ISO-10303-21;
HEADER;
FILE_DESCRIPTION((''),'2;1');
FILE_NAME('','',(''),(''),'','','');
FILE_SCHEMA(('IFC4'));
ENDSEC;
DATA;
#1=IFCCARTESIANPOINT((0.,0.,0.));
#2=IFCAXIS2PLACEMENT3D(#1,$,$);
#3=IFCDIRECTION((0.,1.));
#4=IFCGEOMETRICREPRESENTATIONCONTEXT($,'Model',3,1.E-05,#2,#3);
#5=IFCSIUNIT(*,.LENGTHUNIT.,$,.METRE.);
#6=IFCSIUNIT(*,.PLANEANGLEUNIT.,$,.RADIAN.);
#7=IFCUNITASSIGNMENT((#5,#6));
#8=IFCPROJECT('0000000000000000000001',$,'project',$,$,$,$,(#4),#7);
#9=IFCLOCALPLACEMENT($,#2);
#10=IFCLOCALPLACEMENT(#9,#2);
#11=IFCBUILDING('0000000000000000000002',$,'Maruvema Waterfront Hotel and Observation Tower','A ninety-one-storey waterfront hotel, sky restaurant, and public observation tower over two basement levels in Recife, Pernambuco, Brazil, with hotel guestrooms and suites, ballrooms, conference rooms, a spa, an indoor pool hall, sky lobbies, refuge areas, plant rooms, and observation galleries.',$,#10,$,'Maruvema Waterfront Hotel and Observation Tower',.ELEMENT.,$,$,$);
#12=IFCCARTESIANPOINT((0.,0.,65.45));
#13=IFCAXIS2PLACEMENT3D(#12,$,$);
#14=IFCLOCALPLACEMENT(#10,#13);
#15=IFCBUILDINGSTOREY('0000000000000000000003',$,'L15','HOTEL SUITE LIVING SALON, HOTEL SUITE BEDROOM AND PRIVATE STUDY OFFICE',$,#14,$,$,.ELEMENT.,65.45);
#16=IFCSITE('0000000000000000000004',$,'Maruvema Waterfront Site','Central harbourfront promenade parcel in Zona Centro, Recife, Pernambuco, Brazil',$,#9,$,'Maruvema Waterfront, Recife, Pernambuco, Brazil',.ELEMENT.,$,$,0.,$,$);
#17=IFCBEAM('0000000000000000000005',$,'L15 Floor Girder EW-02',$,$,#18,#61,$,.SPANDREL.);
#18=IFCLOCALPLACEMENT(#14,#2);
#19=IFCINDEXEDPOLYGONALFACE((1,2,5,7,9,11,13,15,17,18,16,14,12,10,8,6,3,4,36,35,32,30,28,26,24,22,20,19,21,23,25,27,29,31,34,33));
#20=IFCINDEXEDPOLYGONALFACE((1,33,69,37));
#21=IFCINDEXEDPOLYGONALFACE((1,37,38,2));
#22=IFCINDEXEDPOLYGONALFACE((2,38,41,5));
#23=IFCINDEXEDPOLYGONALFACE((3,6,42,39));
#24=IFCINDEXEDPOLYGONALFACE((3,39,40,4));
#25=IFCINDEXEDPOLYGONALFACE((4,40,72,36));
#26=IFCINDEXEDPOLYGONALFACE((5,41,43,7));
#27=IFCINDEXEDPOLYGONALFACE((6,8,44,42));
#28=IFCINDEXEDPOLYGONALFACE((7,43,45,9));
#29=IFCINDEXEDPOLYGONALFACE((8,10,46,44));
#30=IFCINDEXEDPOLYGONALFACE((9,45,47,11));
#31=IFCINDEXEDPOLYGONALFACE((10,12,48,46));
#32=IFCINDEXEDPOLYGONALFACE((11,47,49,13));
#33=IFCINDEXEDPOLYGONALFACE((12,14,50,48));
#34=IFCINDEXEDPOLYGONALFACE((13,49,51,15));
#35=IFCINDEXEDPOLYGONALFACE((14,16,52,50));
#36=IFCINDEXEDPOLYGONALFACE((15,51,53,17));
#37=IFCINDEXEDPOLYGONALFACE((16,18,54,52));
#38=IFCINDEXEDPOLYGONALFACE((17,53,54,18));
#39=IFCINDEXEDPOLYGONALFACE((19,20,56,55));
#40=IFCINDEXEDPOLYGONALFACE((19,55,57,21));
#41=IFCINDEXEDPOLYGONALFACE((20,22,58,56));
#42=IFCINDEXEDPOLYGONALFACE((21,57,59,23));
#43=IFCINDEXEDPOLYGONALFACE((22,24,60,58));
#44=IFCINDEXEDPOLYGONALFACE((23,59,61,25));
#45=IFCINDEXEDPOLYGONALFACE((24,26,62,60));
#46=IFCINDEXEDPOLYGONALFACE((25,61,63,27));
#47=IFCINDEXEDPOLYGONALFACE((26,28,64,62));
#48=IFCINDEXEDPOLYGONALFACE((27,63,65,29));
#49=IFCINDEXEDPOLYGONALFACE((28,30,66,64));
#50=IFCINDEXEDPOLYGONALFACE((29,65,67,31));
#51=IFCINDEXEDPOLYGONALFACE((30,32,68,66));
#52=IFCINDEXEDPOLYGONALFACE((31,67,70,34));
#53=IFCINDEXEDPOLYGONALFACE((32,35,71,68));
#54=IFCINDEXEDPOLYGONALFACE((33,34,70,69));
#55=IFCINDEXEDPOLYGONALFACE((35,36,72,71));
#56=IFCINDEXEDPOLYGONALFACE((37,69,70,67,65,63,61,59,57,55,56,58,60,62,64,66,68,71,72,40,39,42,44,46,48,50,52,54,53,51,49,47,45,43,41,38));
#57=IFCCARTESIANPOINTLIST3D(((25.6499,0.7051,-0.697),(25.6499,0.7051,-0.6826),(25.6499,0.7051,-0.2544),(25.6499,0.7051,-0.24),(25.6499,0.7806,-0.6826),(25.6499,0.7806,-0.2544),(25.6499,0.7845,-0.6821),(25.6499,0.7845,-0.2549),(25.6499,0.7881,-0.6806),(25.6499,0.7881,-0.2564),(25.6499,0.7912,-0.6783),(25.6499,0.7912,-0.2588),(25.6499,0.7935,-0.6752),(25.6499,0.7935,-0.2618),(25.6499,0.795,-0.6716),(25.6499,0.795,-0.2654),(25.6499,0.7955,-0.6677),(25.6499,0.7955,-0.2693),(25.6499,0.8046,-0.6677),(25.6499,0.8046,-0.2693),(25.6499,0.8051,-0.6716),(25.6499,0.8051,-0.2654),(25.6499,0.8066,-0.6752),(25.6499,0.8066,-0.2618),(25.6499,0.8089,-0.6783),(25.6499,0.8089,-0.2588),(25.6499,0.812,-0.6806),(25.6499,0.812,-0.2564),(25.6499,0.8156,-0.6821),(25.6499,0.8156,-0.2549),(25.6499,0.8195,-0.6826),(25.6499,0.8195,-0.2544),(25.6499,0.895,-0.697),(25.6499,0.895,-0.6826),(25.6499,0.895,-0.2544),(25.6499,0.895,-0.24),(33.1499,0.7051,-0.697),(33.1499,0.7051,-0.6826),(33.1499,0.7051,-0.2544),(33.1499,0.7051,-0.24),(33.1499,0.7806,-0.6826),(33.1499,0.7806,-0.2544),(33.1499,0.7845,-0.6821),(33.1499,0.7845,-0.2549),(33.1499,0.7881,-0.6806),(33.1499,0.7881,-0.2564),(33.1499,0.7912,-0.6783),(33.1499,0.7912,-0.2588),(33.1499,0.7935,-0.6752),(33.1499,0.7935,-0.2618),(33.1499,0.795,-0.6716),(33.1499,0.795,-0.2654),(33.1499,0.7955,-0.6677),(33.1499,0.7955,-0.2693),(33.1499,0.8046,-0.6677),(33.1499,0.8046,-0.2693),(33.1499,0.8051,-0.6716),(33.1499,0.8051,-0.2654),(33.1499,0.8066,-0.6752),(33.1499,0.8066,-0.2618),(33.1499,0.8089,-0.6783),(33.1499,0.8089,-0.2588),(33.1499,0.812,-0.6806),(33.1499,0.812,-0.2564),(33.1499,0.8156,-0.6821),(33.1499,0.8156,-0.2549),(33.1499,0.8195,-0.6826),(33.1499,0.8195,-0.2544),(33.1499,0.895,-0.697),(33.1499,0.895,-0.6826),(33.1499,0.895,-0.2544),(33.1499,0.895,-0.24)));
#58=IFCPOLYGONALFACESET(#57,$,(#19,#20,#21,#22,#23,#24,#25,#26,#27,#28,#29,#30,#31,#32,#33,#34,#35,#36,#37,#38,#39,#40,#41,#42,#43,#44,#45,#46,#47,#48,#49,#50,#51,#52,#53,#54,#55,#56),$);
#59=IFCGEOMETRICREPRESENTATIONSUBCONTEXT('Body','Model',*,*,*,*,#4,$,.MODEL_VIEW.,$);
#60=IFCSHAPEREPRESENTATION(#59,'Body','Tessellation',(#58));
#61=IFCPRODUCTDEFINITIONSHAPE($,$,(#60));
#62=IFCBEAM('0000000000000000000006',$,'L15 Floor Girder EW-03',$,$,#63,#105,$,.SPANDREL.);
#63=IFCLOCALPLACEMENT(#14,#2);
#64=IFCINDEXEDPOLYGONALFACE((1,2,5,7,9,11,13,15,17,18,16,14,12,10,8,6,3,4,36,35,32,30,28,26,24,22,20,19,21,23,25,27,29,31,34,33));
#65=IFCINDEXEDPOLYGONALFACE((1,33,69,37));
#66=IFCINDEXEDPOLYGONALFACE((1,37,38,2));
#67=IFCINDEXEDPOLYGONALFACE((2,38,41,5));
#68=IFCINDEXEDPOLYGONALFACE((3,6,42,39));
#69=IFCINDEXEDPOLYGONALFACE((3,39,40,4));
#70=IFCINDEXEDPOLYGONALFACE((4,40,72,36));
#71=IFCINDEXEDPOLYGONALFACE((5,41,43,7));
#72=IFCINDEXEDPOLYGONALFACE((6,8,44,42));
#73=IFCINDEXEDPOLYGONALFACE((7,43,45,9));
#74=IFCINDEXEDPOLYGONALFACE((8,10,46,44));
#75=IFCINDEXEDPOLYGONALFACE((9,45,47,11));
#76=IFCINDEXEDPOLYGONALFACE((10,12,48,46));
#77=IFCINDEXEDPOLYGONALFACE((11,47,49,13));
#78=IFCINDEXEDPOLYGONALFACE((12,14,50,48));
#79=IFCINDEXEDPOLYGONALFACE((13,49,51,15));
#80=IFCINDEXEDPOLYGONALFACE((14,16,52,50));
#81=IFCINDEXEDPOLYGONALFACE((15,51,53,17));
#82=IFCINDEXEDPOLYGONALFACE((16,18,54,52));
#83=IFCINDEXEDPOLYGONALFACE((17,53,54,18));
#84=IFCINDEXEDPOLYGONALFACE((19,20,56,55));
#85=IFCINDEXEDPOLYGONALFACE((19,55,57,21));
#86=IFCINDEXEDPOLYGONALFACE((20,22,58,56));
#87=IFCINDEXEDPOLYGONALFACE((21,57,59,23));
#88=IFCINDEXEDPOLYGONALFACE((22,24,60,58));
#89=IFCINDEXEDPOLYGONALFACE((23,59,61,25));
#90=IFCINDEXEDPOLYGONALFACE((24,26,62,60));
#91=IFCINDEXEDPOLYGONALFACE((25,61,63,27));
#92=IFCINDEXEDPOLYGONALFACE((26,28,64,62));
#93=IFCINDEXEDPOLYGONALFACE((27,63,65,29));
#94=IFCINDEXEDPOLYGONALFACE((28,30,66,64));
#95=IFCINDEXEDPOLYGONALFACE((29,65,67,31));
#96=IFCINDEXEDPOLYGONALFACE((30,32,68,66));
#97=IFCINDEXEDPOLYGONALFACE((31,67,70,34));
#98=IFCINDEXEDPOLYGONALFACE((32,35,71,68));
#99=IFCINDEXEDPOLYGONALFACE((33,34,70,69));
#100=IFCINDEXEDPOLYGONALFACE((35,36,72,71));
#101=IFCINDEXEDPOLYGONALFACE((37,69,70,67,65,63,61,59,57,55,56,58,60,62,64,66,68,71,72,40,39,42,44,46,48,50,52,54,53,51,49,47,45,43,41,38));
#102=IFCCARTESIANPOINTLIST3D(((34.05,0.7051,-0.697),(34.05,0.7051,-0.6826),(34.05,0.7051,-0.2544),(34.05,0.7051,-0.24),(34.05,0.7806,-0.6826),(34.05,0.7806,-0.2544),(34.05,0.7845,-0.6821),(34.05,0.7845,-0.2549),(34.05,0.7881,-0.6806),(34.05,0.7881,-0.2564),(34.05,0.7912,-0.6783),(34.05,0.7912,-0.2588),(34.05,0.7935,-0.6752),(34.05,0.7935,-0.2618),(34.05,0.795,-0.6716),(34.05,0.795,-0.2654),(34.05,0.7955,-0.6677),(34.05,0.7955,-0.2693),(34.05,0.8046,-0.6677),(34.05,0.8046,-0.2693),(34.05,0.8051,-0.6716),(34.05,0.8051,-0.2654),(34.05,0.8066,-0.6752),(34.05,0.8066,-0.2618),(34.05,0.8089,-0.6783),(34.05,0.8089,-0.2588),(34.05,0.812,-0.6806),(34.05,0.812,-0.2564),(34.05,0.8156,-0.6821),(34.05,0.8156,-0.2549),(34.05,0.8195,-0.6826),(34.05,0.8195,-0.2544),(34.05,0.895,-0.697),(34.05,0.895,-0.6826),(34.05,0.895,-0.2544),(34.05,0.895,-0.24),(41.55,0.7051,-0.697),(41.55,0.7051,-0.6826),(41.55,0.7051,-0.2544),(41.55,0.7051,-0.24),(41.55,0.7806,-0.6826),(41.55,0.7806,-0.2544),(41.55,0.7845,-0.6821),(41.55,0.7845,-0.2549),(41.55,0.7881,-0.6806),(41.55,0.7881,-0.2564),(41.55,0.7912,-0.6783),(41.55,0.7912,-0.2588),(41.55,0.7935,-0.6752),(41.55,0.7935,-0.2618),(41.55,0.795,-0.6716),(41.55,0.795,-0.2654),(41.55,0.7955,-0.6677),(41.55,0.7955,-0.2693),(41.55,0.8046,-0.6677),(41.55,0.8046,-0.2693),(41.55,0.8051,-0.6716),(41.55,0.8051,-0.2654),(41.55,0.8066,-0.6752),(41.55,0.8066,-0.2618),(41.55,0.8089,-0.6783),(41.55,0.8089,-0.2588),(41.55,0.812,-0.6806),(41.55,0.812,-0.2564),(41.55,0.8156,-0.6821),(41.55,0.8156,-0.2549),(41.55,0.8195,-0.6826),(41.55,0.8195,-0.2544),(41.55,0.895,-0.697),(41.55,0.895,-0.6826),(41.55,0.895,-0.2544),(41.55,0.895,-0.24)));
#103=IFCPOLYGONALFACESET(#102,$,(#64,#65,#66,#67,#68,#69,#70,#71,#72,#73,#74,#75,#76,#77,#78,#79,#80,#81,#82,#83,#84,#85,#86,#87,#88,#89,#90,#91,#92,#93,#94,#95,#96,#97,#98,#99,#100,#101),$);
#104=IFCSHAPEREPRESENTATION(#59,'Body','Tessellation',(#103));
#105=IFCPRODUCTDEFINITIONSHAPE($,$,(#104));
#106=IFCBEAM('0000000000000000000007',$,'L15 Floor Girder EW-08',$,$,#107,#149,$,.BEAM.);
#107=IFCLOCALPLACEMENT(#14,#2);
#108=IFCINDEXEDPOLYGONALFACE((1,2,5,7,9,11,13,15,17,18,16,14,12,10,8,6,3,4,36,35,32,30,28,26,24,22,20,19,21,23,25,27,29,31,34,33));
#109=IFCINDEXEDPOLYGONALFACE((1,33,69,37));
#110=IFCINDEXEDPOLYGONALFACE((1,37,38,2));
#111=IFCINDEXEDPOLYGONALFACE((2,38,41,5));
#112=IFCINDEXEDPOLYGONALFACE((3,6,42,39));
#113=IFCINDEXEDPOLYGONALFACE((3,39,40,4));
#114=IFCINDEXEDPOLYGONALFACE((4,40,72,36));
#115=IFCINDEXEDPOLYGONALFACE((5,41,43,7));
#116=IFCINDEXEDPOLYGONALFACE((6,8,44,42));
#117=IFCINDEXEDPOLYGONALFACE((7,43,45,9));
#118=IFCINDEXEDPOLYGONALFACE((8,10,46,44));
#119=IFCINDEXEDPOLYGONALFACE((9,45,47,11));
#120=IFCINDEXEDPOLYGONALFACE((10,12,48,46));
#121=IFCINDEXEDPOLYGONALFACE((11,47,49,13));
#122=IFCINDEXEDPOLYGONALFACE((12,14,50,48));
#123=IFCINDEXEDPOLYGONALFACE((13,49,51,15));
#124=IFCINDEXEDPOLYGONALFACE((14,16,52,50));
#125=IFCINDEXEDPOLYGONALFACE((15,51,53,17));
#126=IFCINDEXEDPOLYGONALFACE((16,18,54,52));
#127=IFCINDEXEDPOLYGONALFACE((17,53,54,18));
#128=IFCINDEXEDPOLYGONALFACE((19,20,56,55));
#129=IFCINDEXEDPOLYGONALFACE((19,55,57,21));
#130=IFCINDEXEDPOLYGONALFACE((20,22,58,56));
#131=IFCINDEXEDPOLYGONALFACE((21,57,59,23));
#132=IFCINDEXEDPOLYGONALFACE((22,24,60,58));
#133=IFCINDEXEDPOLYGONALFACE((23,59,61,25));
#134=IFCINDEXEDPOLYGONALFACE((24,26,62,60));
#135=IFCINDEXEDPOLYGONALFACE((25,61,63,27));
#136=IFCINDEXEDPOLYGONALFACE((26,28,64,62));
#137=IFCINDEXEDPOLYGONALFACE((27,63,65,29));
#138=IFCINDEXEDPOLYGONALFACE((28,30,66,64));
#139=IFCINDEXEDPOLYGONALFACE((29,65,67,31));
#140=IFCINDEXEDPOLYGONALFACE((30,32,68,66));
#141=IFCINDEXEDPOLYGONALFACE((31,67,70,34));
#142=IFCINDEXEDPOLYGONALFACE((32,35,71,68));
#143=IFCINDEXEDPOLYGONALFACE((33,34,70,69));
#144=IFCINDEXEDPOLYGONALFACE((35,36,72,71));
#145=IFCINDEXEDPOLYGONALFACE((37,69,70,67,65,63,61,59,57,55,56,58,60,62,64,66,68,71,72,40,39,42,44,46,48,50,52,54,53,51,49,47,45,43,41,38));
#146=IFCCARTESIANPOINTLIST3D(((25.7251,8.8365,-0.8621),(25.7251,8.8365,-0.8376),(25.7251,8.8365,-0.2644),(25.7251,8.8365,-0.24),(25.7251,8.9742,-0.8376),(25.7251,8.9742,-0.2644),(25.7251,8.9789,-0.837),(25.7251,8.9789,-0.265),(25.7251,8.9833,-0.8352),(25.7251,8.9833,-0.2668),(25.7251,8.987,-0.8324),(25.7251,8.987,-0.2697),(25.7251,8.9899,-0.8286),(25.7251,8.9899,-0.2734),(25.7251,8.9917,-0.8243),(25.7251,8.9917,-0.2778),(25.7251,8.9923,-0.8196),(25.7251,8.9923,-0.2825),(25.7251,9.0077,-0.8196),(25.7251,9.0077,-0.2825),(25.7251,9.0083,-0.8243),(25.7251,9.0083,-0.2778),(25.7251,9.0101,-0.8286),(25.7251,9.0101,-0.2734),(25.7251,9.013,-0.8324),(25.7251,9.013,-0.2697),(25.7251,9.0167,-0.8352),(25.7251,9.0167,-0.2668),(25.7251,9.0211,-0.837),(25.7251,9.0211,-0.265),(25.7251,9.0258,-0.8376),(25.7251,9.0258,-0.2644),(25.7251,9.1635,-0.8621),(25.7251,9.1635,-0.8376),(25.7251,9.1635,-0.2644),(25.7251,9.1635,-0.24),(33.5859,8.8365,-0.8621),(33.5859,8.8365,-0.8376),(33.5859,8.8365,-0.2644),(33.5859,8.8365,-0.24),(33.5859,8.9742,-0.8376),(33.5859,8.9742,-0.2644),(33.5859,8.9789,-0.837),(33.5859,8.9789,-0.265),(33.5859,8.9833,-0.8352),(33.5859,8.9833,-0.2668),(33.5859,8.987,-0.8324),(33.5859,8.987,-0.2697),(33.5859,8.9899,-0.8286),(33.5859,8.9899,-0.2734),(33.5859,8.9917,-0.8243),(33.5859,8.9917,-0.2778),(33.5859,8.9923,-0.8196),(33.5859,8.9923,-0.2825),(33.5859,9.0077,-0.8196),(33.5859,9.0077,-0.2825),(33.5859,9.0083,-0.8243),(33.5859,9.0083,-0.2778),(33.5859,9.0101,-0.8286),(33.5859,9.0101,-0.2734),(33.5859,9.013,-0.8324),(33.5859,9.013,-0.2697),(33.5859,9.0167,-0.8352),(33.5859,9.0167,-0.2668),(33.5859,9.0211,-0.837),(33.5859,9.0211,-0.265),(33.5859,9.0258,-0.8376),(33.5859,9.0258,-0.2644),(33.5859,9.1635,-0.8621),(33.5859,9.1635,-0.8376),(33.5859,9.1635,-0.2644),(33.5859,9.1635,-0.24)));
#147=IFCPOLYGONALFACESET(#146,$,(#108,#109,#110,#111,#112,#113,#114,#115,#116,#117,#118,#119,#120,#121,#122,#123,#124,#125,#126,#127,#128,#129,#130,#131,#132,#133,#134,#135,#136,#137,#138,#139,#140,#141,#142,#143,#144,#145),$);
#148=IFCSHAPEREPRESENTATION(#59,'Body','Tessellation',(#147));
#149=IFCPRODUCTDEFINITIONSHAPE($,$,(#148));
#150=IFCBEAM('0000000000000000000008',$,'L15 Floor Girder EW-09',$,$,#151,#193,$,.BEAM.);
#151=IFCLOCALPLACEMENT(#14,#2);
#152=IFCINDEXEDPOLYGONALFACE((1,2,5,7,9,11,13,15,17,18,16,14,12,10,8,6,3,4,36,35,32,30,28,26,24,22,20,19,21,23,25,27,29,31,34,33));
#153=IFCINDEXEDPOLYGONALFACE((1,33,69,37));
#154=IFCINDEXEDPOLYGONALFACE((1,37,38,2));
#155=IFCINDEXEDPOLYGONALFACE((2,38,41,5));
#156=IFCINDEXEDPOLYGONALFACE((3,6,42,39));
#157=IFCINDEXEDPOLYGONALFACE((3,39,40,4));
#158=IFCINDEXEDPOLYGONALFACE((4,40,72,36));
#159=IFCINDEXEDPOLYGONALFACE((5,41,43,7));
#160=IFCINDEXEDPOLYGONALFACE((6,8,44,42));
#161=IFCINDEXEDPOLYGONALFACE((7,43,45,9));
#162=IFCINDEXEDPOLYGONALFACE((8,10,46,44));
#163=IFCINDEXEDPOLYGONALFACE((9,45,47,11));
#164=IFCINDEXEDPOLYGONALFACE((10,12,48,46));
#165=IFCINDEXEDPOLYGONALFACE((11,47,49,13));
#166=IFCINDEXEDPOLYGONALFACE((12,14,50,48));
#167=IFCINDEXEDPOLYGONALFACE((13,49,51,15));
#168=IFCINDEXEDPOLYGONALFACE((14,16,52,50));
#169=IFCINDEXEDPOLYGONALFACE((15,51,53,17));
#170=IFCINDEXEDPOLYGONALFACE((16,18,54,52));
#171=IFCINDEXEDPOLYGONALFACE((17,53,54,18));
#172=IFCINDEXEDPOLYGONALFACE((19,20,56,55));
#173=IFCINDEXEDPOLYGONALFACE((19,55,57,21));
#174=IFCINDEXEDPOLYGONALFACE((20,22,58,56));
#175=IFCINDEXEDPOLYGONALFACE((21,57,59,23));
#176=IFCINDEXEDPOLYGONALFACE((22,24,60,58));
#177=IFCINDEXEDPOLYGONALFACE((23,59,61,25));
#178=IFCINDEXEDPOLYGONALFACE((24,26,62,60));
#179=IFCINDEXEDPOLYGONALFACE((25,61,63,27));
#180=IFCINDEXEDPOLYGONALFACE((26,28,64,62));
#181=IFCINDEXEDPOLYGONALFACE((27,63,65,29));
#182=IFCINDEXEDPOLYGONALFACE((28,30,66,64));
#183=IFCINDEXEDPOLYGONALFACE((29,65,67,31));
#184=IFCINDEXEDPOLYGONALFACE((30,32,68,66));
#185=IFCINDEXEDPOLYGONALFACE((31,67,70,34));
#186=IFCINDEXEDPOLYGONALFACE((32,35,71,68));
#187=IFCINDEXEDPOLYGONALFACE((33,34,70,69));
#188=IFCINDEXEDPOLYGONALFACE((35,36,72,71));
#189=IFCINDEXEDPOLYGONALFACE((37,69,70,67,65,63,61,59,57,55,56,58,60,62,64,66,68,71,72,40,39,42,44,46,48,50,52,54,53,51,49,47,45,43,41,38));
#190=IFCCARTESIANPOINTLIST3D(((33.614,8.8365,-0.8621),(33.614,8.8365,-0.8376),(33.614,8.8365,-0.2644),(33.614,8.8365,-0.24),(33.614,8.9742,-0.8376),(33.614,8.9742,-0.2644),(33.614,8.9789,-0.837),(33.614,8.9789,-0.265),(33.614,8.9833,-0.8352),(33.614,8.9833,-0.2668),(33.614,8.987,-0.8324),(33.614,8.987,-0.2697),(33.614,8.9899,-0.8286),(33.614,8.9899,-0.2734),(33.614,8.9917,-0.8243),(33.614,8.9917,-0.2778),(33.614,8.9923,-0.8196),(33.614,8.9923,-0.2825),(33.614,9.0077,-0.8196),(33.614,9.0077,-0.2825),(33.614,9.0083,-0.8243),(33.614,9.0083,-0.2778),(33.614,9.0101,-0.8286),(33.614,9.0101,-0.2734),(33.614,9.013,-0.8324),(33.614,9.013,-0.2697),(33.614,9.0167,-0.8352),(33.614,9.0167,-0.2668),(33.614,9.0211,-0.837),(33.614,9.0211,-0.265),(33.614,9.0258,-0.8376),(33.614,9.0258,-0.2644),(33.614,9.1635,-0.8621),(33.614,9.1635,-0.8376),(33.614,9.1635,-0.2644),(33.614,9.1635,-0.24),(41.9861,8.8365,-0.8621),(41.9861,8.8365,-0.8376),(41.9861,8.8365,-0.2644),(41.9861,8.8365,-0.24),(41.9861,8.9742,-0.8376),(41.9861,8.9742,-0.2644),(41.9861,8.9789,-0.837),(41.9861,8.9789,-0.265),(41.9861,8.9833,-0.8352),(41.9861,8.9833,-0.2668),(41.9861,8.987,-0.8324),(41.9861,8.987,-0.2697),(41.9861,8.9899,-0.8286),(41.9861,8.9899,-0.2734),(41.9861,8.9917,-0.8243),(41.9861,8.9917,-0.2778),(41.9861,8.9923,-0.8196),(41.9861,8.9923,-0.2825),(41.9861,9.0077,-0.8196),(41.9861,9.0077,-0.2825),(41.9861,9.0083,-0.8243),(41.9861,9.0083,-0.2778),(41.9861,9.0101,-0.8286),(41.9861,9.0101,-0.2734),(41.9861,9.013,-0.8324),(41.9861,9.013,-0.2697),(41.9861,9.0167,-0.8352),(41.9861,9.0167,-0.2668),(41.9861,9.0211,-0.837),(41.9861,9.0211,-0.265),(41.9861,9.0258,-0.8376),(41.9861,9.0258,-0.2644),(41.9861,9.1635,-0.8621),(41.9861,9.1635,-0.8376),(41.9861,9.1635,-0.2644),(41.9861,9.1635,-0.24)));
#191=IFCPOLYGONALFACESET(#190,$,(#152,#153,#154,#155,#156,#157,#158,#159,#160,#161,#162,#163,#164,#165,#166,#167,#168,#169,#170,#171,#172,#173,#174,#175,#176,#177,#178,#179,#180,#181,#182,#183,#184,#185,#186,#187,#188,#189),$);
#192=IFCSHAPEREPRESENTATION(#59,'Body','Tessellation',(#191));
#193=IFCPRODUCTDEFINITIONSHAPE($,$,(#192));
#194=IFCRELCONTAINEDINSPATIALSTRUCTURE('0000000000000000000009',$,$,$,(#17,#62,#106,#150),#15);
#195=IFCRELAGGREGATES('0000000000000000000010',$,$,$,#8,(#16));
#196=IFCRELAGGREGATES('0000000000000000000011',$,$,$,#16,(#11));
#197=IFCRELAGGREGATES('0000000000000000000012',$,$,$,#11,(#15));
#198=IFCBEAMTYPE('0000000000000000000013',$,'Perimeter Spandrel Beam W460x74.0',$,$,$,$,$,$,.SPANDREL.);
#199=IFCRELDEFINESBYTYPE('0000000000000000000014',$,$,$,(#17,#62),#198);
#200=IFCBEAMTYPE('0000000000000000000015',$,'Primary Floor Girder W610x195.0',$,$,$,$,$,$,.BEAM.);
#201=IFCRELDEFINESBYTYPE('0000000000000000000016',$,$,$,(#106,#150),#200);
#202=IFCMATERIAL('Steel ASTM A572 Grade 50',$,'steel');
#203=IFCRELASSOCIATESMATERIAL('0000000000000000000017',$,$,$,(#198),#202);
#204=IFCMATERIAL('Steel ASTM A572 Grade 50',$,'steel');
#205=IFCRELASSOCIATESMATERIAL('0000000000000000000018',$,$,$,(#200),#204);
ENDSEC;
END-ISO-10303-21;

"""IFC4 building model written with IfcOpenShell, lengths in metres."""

from ifc_helpers import new_model, si_unit, direction, frame, origin, origin_2d, place, context, subcontext, project, spatial, i_section, extrude, material, material_profile, profile_set, type_object, element, save


model = new_model("IFC4")

# Units and contexts
model_context = context("Model", 3, precision=1e-05, world=origin(), true_north=direction((0.0, 1.0)))
body_context = subcontext(model_context, "Body", "Model", "MODEL_VIEW")
ifc_project = project(units=[si_unit("LENGTHUNIT", "METRE"), si_unit("PLANEANGLEUNIT", "RADIAN")], contexts=[model_context])

# Site, building, storey
site_placement = place(None, origin())
site = spatial("IfcSite", under=ifc_project, at=site_placement, Name="Maruvema Waterfront Site", Description="Central harbourfront promenade parcel in Zona Centro, Recife, Pernambuco, Brazil", LongName="Maruvema Waterfront, Recife, Pernambuco, Brazil", CompositionType="ELEMENT", RefElevation=0.0)
building_placement = place(site_placement, origin())
building = spatial("IfcBuilding", under=site, at=building_placement, Name="Maruvema Waterfront Hotel and Observation Tower", Description="A ninety-one-storey waterfront hotel, sky restaurant, and public observation tower over two basement levels in Recife, Pernambuco, Brazil, with hotel guestrooms and suites, ballrooms, conference rooms, a spa, an indoor pool hall, sky lobbies, refuge areas, plant rooms, and observation galleries.", LongName="Maruvema Waterfront Hotel and Observation Tower", CompositionType="ELEMENT")
storey_placement = place(building_placement, frame((0.0, 0.0, 65.45)))
storey = spatial("IfcBuildingStorey", under=building, at=storey_placement, Name="L15", Description="HOTEL SUITE LIVING SALON, HOTEL SUITE BEDROOM AND PRIVATE STUDY OFFICE", CompositionType="ELEMENT", Elevation=65.45)

# Beams
ifc_material_1 = material(Name="Steel ASTM A572 Grade 50", Category="steel")
ifc_material_profile_1 = material_profile(ifc_material_1, i_section(OverallWidth=0.1899, OverallDepth=0.457, WebThickness=0.009, FlangeThickness=0.0144, FilletRadius=0.0149, at=origin_2d()), Name="W460x74.0")
ifc_profile_set_1 = profile_set([ifc_material_profile_1], Name="Steel ASTM A572 Grade 50")
beam_type_1 = type_object("IfcBeamType", Name="Perimeter Spandrel Beam W460x74.0", PredefinedType="SPANDREL", material=ifc_profile_set_1)
for number, where, z_axis, x_axis, name in (
    (1, (25.6499, 0.8, -0.4685), (1.0, 0.0, 0.0), (0.0, 1.0, 0.0), "L15 Floor Girder EW-02"),
    (2, (34.05, 0.8, -0.4685), (1.0, 0.0, 0.0), (0.0, 1.0, 0.0), "L15 Floor Girder EW-03"),
):
    element("IfcBeam", number, at=place(storey_placement, frame(where, z_axis=z_axis, x_axis=x_axis)), inside=storey, type_object=beam_type_1, Name=name, PredefinedType="SPANDREL", context=body_context, shape_type="SweptSolid", body=[
        extrude(i_section(OverallWidth=0.1899, OverallDepth=0.457, WebThickness=0.009, FlangeThickness=0.0144, FilletRadius=0.0149, at=origin_2d()), origin(), (0.0, 0.0, 1.0), 7.5),
    ])
ifc_material_2 = material(Name="Steel ASTM A572 Grade 50", Category="steel")
ifc_material_profile_2 = material_profile(ifc_material_2, i_section(OverallWidth=0.3269, OverallDepth=0.6221, WebThickness=0.0154, FlangeThickness=0.0244, FilletRadius=0.0181, at=origin_2d()), Name="W610x195.0")
ifc_profile_set_2 = profile_set([ifc_material_profile_2], Name="Steel ASTM A572 Grade 50")
beam_type_2 = type_object("IfcBeamType", Name="Primary Floor Girder W610x195.0", PredefinedType="BEAM", material=ifc_profile_set_2)
beam_1_placement = place(storey_placement, frame((25.7251, 9.0, -0.551), z_axis=(1.0, 0.0, 0.0), x_axis=(0.0, 1.0, 0.0)))
element("IfcBeam", 3, at=beam_1_placement, inside=storey, type_object=beam_type_2, Name="L15 Floor Girder EW-08", PredefinedType="BEAM", context=body_context, shape_type="SweptSolid", body=[
    extrude(i_section(OverallWidth=0.3269, OverallDepth=0.6221, WebThickness=0.0154, FlangeThickness=0.0244, FilletRadius=0.0181, at=origin_2d()), origin(), (0.0, 0.0, 1.0), 7.8608),
])
beam_2_placement = place(storey_placement, frame((33.614, 9.0, -0.551), z_axis=(1.0, 0.0, 0.0), x_axis=(0.0, 1.0, 0.0)))
element("IfcBeam", 4, at=beam_2_placement, inside=storey, type_object=beam_type_2, Name="L15 Floor Girder EW-09", PredefinedType="BEAM", context=body_context, shape_type="SweptSolid", body=[
    extrude(i_section(OverallWidth=0.3269, OverallDepth=0.6221, WebThickness=0.0154, FlangeThickness=0.0244, FilletRadius=0.0181, at=origin_2d()), origin(), (0.0, 0.0, 1.0), 8.3721),
])

save(model, "model.ifc")
